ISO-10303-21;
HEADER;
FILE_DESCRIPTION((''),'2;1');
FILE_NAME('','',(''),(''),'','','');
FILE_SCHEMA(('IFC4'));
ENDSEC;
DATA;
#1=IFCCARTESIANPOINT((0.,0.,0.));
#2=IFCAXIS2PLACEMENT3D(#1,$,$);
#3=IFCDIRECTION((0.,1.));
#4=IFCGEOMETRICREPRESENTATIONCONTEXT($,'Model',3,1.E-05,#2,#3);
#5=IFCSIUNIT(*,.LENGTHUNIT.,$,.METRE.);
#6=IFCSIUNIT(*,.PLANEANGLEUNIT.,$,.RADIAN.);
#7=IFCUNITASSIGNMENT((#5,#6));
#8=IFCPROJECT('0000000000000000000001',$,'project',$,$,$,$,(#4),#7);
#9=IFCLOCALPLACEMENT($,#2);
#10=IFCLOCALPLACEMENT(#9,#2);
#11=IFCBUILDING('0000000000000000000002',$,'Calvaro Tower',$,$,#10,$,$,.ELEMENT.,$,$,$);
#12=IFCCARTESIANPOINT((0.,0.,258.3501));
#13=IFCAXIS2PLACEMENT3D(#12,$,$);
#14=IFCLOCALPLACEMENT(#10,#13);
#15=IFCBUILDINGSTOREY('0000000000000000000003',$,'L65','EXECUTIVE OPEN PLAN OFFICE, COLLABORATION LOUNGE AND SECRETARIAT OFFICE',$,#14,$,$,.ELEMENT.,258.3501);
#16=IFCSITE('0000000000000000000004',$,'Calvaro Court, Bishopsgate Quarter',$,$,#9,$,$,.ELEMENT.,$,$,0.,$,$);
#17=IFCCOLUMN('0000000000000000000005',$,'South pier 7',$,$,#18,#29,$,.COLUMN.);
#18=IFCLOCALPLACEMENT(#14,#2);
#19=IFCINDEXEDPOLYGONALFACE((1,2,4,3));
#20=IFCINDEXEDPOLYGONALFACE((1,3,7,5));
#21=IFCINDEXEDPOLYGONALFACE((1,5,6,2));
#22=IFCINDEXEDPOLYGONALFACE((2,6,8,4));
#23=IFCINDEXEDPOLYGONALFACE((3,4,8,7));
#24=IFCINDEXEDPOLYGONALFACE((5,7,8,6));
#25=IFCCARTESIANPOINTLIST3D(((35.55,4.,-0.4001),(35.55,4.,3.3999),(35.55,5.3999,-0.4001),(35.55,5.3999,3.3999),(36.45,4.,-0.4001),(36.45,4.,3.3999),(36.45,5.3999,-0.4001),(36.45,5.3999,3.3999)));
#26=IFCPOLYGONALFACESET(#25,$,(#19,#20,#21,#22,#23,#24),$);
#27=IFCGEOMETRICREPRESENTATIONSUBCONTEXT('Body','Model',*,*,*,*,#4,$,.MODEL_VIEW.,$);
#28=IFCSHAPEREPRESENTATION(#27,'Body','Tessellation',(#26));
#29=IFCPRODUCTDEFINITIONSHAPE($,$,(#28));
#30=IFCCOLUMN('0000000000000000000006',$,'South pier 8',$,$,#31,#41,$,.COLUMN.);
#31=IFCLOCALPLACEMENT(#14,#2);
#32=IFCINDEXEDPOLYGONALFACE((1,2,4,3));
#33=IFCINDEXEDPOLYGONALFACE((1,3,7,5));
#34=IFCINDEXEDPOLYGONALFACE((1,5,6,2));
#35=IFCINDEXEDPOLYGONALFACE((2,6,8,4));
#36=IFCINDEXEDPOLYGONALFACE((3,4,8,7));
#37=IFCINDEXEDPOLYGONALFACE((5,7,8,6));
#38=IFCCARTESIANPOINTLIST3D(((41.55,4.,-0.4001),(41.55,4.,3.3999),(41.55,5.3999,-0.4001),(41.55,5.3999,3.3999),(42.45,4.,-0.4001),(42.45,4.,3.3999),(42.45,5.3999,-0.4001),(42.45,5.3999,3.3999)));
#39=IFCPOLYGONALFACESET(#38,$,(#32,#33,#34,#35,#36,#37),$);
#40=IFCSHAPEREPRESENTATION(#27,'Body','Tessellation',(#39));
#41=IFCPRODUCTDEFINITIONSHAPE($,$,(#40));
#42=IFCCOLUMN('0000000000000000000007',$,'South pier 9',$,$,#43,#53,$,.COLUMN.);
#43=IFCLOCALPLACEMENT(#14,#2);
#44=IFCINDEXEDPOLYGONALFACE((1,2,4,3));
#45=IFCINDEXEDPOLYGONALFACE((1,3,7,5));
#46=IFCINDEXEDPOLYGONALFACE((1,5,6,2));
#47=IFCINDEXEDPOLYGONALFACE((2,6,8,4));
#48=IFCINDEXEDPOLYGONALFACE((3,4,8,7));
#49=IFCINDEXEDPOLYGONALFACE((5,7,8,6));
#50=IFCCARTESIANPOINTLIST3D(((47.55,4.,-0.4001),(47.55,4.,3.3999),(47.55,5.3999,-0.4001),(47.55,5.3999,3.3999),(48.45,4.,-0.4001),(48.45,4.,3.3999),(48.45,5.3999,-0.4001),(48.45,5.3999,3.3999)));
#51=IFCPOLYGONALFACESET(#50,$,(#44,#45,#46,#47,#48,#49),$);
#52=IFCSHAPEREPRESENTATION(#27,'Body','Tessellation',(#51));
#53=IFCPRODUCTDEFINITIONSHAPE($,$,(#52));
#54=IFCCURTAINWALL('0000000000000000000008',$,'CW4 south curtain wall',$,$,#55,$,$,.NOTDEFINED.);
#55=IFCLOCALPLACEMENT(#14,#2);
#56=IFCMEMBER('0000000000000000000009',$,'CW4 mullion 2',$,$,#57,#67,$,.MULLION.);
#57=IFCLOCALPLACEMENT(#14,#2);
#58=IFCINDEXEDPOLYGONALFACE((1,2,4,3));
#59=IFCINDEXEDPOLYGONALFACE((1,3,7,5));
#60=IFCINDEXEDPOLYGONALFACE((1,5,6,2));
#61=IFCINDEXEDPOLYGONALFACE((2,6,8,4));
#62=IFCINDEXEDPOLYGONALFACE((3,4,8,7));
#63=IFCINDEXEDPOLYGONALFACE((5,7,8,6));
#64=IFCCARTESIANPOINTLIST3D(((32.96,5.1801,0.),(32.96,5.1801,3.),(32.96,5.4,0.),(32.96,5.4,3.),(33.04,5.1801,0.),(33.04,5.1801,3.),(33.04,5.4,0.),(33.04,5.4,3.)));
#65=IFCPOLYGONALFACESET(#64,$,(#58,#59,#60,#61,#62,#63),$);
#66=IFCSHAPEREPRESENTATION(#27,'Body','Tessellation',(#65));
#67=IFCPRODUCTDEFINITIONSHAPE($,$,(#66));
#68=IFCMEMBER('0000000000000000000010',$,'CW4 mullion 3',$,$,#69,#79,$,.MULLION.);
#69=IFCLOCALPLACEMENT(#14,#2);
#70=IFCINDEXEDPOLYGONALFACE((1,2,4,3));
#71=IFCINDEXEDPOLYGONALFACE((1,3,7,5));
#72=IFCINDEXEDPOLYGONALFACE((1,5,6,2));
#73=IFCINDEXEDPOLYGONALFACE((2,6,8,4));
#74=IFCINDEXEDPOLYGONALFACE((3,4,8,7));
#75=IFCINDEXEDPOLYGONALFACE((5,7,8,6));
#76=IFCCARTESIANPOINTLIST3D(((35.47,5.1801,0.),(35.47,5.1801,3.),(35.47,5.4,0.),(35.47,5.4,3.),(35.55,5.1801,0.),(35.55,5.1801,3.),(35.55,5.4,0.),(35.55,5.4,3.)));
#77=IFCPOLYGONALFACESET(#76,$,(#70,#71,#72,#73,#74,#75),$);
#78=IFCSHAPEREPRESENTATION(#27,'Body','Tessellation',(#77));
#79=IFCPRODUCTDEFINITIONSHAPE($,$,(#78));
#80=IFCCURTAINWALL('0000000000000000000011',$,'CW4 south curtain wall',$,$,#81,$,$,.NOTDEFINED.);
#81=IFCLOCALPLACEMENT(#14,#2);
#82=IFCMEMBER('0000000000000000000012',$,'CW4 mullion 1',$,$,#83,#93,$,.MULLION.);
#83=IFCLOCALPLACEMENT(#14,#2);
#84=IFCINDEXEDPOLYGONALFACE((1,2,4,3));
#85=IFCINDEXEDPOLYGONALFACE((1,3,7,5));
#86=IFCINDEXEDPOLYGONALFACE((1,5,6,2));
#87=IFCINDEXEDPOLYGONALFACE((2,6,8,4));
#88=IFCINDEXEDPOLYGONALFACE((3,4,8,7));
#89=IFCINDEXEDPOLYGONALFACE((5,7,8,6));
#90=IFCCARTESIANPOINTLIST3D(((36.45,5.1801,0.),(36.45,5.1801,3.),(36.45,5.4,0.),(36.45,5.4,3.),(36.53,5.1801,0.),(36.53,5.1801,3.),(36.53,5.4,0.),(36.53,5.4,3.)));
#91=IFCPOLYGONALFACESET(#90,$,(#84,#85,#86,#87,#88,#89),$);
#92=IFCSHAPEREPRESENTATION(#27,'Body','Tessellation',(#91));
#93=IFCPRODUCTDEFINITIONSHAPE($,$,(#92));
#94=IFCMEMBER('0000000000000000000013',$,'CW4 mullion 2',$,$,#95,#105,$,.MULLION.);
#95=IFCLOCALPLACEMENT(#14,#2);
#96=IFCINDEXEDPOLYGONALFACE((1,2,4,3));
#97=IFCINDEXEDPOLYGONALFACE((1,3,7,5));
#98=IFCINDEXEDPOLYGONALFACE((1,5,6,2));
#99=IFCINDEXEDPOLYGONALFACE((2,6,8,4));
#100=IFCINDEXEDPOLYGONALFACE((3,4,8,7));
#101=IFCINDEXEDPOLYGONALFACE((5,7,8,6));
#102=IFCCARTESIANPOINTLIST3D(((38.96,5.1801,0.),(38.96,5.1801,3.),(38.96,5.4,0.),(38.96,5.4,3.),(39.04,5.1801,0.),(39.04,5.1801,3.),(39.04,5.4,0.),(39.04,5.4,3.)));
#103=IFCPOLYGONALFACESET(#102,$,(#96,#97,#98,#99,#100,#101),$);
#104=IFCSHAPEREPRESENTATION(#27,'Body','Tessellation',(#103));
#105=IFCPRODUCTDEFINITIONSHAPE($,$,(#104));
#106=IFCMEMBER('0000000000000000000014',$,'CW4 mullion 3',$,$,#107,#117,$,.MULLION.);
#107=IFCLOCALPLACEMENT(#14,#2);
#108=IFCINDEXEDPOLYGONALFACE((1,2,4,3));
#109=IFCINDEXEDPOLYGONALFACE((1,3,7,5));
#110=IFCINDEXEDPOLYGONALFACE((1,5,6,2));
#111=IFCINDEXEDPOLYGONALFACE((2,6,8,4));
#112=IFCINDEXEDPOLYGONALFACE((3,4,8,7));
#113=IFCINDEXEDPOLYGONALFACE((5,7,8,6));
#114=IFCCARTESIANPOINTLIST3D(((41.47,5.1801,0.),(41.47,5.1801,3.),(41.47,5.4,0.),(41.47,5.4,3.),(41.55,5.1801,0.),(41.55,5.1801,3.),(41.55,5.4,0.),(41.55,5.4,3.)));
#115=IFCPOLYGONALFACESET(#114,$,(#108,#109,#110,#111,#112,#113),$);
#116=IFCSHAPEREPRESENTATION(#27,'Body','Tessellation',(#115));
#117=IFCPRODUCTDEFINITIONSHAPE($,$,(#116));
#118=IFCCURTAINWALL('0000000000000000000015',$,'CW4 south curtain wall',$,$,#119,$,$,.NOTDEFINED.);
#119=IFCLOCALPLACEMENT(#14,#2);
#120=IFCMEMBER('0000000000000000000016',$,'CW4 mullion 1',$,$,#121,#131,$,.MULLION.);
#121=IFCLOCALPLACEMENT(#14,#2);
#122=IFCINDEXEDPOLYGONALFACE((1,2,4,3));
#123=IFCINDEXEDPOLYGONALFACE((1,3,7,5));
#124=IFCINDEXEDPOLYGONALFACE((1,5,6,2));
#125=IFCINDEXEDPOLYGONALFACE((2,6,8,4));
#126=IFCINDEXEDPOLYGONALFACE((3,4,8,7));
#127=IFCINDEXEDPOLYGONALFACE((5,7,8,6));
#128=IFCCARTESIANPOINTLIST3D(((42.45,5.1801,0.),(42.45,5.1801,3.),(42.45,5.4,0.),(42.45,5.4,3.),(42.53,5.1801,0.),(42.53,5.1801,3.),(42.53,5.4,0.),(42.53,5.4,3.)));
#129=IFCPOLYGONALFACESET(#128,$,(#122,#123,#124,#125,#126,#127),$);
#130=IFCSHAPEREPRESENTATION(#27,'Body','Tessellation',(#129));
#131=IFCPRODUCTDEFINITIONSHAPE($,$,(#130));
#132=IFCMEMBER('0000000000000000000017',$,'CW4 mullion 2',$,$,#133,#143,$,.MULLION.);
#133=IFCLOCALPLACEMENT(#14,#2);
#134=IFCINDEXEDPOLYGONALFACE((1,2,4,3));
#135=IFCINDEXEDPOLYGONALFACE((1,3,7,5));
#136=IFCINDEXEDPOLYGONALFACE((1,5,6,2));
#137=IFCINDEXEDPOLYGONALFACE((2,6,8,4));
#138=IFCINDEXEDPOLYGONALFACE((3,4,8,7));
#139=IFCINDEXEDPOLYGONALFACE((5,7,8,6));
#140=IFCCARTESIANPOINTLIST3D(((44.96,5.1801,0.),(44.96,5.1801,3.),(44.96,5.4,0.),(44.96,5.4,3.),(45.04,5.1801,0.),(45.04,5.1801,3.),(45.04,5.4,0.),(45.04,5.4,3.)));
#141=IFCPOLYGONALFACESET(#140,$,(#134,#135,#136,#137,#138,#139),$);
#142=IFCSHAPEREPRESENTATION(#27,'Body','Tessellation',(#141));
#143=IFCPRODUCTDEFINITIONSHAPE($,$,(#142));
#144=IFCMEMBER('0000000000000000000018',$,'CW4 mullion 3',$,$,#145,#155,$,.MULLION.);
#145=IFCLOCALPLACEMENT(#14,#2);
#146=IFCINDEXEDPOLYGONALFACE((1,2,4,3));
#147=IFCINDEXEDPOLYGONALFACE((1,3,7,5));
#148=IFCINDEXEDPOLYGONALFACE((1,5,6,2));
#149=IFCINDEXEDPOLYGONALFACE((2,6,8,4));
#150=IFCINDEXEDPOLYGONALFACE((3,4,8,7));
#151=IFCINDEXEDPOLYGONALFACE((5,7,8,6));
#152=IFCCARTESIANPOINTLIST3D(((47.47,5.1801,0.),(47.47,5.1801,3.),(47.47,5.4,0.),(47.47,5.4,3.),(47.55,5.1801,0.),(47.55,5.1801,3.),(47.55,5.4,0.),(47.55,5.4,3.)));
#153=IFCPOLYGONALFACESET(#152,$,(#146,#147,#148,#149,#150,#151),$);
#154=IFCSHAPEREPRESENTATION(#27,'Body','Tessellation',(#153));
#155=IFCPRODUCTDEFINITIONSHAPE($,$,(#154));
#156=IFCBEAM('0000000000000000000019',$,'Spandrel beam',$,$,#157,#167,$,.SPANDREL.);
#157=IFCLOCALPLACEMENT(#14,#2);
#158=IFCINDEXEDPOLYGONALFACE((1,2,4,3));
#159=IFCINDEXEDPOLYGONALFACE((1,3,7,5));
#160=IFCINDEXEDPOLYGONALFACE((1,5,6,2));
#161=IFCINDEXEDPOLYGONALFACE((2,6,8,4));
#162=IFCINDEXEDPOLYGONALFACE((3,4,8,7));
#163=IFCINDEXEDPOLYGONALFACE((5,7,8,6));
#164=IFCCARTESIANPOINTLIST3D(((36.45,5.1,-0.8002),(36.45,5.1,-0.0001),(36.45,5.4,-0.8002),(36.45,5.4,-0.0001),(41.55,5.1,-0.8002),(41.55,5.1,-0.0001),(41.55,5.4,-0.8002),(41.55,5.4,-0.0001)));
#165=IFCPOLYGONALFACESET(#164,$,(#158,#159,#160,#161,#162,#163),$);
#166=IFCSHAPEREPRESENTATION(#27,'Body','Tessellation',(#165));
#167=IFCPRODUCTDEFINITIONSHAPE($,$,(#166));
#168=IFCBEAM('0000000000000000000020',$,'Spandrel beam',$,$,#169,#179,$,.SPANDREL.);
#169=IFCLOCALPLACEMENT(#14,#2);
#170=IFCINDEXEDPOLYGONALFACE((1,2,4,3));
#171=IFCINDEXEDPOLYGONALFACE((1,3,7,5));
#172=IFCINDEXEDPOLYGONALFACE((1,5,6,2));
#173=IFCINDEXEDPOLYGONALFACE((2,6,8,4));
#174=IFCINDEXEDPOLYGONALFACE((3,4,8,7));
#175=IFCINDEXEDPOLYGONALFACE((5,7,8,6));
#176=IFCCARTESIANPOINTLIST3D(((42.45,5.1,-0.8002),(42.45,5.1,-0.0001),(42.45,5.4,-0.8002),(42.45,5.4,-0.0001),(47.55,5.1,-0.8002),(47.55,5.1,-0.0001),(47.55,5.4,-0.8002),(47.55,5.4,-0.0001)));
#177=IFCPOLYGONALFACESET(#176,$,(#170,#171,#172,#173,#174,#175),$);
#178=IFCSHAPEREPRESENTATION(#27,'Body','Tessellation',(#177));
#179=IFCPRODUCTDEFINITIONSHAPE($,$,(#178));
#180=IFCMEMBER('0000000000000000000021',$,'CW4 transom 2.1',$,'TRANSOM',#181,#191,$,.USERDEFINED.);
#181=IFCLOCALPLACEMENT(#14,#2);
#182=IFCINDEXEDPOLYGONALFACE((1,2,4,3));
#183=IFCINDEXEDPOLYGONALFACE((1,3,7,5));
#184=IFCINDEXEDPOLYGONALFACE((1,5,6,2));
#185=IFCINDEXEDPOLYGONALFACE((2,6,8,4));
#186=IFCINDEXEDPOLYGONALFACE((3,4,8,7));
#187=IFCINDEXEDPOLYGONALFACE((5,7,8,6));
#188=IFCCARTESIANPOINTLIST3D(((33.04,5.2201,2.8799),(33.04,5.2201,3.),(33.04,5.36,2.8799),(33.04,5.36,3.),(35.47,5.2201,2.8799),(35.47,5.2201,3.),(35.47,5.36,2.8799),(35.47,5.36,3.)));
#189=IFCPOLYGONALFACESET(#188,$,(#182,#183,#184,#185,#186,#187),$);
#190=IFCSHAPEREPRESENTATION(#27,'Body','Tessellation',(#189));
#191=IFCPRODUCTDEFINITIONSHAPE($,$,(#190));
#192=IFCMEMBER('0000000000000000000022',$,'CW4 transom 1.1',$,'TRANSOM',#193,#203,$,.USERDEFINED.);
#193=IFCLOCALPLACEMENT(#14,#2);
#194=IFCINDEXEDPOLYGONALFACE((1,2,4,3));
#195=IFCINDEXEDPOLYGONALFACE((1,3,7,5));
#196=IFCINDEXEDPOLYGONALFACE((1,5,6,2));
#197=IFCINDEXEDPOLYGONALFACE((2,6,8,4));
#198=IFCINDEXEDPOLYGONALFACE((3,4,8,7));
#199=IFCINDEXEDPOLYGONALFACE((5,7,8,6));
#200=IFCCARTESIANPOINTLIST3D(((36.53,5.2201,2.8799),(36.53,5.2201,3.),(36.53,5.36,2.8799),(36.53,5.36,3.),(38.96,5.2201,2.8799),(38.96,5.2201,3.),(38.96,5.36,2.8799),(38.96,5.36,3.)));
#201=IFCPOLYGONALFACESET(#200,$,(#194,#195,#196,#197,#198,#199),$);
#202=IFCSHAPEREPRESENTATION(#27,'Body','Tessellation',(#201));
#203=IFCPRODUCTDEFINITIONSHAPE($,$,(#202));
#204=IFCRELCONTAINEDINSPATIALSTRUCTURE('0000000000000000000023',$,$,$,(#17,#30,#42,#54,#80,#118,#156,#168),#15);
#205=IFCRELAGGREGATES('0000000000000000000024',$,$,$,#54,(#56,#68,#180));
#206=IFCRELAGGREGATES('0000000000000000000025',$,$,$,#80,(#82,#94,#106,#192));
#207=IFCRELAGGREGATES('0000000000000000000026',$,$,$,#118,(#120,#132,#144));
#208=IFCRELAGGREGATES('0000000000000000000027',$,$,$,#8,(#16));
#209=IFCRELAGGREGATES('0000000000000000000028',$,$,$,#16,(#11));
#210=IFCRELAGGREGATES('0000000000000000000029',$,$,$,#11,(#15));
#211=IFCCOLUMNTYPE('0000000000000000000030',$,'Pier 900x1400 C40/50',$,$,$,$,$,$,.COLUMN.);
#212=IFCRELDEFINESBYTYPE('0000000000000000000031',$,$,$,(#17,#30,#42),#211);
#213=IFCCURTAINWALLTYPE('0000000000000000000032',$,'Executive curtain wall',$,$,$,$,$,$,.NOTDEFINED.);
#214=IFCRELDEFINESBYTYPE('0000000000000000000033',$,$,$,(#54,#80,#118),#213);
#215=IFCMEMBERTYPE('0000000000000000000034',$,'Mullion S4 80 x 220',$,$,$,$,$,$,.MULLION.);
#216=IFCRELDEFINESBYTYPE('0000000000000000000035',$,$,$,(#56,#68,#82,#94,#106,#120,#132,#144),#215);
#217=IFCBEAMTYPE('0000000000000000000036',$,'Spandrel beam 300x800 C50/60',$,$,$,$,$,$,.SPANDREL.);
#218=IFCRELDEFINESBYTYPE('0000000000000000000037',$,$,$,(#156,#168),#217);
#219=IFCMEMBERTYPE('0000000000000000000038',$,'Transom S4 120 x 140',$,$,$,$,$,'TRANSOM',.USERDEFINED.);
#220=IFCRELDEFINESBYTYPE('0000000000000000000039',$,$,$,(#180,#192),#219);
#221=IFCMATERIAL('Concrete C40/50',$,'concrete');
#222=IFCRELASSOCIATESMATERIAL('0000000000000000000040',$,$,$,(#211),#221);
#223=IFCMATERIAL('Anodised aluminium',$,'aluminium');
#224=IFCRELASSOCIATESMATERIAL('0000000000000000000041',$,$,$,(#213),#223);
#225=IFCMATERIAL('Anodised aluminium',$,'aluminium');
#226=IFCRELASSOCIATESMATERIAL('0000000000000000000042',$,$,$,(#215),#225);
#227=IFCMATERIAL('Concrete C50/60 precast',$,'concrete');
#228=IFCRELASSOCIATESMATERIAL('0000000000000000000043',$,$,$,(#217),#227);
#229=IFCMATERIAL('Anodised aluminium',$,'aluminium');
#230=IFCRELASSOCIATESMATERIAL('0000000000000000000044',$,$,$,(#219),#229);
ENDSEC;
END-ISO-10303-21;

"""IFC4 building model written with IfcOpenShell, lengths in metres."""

from ifc_helpers import new_model, si_unit, direction, frame, origin, origin_2d, place, context, subcontext, project, spatial, rectangle, extrude, material, material_profile, profile_set, type_object, element, aggregate, save


model = new_model("IFC4")

# Units and contexts
model_context = context("Model", 3, precision=1e-05, world=origin(), true_north=direction((0.0, 1.0)))
body_context = subcontext(model_context, "Body", "Model", "MODEL_VIEW")
ifc_project = project(units=[si_unit("LENGTHUNIT", "METRE"), si_unit("PLANEANGLEUNIT", "RADIAN")], contexts=[model_context])

# Site, building, storey
site_placement = place(None, origin())
site = spatial("IfcSite", under=ifc_project, at=site_placement, Name="Calvaro Court, Bishopsgate Quarter", CompositionType="ELEMENT", RefElevation=0.0)
building_placement = place(site_placement, origin())
building = spatial("IfcBuilding", under=site, at=building_placement, Name="Calvaro Tower", CompositionType="ELEMENT")
storey_placement = place(building_placement, frame((0.0, 0.0, 258.3501)))
storey = spatial("IfcBuildingStorey", under=building, at=storey_placement, Name="L65", Description="EXECUTIVE OPEN PLAN OFFICE, COLLABORATION LOUNGE AND SECRETARIAT OFFICE", CompositionType="ELEMENT", Elevation=258.3501)

# Columns
ifc_material_1 = material(Name="Concrete C40/50", Category="concrete")
ifc_material_profile_1 = material_profile(ifc_material_1, rectangle(XDim=0.8999, YDim=1.3999, at=origin_2d()), Name="RC 900x1400")
ifc_profile_set_1 = profile_set([ifc_material_profile_1], Name="Concrete C40/50")
column_type = type_object("IfcColumnType", Name="Pier 900x1400 C40/50", PredefinedType="COLUMN", material=ifc_profile_set_1)
for number, where, z_axis, x_axis, name in (
    (1, (36.0, 4.7, -0.4001), (0.0, 0.0, 1.0), (1.0, 0.0, 0.0), "South pier 7"),
    (2, (42.0, 4.7, -0.4001), (0.0, 0.0, 1.0), (1.0, 0.0, 0.0), "South pier 8"),
    (3, (48.0, 4.7, -0.4001), (0.0, 0.0, 1.0), (1.0, 0.0, 0.0), "South pier 9"),
):
    element("IfcColumn", number, at=place(storey_placement, frame(where, z_axis=z_axis, x_axis=x_axis)), inside=storey, type_object=column_type, Name=name, PredefinedType="COLUMN", context=body_context, shape_type="SweptSolid", body=[
        extrude(rectangle(XDim=0.8999, YDim=1.3999, at=origin_2d()), origin(), (0.0, 0.0, 1.0), 3.8),
    ])

# Curtain walls, members
ifc_material_2 = material(Name="Anodised aluminium", Category="aluminium")
curtain_wall_type = type_object("IfcCurtainWallType", Name="Executive curtain wall", PredefinedType="NOTDEFINED", material=ifc_material_2)
curtain_wall_1_placement = place(storey_placement, origin())
curtain_wall_1 = element("IfcCurtainWall", 4, at=curtain_wall_1_placement, inside=storey, type_object=curtain_wall_type, Name="CW4 south curtain wall", PredefinedType="NOTDEFINED")
ifc_material_3 = material(Name="Anodised aluminium", Category="aluminium")
ifc_material_profile_2 = material_profile(ifc_material_3, rectangle(XDim=0.22, YDim=0.0801, at=origin_2d()), Name="Mullion S4 80 x 220")
ifc_profile_set_2 = profile_set([ifc_material_profile_2], Name="Anodised aluminium")
member_type_1 = type_object("IfcMemberType", Name="Mullion S4 80 x 220", PredefinedType="MULLION", material=ifc_profile_set_2)
member_1_placement = place(storey_placement, frame((33.0, 5.29, 0.0), z_axis=(0.0, 0.0, 1.0), x_axis=(0.0, 1.0, 0.0)))
member_1 = element("IfcMember", 5, at=member_1_placement, type_object=member_type_1, Name="CW4 mullion 2", PredefinedType="MULLION", context=body_context, shape_type="SweptSolid", body=[
    extrude(rectangle(XDim=0.22, YDim=0.0801, at=origin_2d()), origin(), (0.0, 0.0, 1.0), 3.0),
])
member_2_placement = place(storey_placement, frame((35.51, 5.29, 0.0), z_axis=(0.0, 0.0, 1.0), x_axis=(0.0, 1.0, 0.0)))
member_2 = element("IfcMember", 6, at=member_2_placement, type_object=member_type_1, Name="CW4 mullion 3", PredefinedType="MULLION", context=body_context, shape_type="SweptSolid", body=[
    extrude(rectangle(XDim=0.22, YDim=0.0801, at=origin_2d()), origin(), (0.0, 0.0, 1.0), 3.0),
])
curtain_wall_2_placement = place(storey_placement, origin())
curtain_wall_2 = element("IfcCurtainWall", 7, at=curtain_wall_2_placement, inside=storey, type_object=curtain_wall_type, Name="CW4 south curtain wall", PredefinedType="NOTDEFINED")
member_3_placement = place(storey_placement, frame((36.49, 5.29, 0.0), z_axis=(0.0, 0.0, 1.0), x_axis=(0.0, 1.0, 0.0)))
member_3 = element("IfcMember", 8, at=member_3_placement, type_object=member_type_1, Name="CW4 mullion 1", PredefinedType="MULLION", context=body_context, shape_type="SweptSolid", body=[
    extrude(rectangle(XDim=0.22, YDim=0.0801, at=origin_2d()), origin(), (0.0, 0.0, 1.0), 3.0),
])
member_4_placement = place(storey_placement, frame((39.0, 5.29, 0.0), z_axis=(0.0, 0.0, 1.0), x_axis=(0.0, 1.0, 0.0)))
member_4 = element("IfcMember", 9, at=member_4_placement, type_object=member_type_1, Name="CW4 mullion 2", PredefinedType="MULLION", context=body_context, shape_type="SweptSolid", body=[
    extrude(rectangle(XDim=0.22, YDim=0.0801, at=origin_2d()), origin(), (0.0, 0.0, 1.0), 3.0),
])
member_5_placement = place(storey_placement, frame((41.51, 5.29, 0.0), z_axis=(0.0, 0.0, 1.0), x_axis=(0.0, 1.0, 0.0)))
member_5 = element("IfcMember", 10, at=member_5_placement, type_object=member_type_1, Name="CW4 mullion 3", PredefinedType="MULLION", context=body_context, shape_type="SweptSolid", body=[
    extrude(rectangle(XDim=0.22, YDim=0.0801, at=origin_2d()), origin(), (0.0, 0.0, 1.0), 3.0),
])
curtain_wall_3_placement = place(storey_placement, origin())
curtain_wall_3 = element("IfcCurtainWall", 11, at=curtain_wall_3_placement, inside=storey, type_object=curtain_wall_type, Name="CW4 south curtain wall", PredefinedType="NOTDEFINED")
member_6_placement = place(storey_placement, frame((42.49, 5.29, 0.0), z_axis=(0.0, 0.0, 1.0), x_axis=(0.0, 1.0, 0.0)))
member_6 = element("IfcMember", 12, at=member_6_placement, type_object=member_type_1, Name="CW4 mullion 1", PredefinedType="MULLION", context=body_context, shape_type="SweptSolid", body=[
    extrude(rectangle(XDim=0.22, YDim=0.0801, at=origin_2d()), origin(), (0.0, 0.0, 1.0), 3.0),
])
member_7_placement = place(storey_placement, frame((45.0, 5.29, 0.0), z_axis=(0.0, 0.0, 1.0), x_axis=(0.0, 1.0, 0.0)))
member_7 = element("IfcMember", 13, at=member_7_placement, type_object=member_type_1, Name="CW4 mullion 2", PredefinedType="MULLION", context=body_context, shape_type="SweptSolid", body=[
    extrude(rectangle(XDim=0.22, YDim=0.0801, at=origin_2d()), origin(), (0.0, 0.0, 1.0), 3.0),
])
member_8_placement = place(storey_placement, frame((47.51, 5.29, 0.0), z_axis=(0.0, 0.0, 1.0), x_axis=(0.0, 1.0, 0.0)))
member_8 = element("IfcMember", 14, at=member_8_placement, type_object=member_type_1, Name="CW4 mullion 3", PredefinedType="MULLION", context=body_context, shape_type="SweptSolid", body=[
    extrude(rectangle(XDim=0.22, YDim=0.0801, at=origin_2d()), origin(), (0.0, 0.0, 1.0), 3.0),
])

# Beams
ifc_material_4 = material(Name="Concrete C50/60 precast", Category="concrete")
ifc_material_profile_3 = material_profile(ifc_material_4, rectangle(XDim=0.3, YDim=0.8, at=origin_2d()), Name="RC 300x800")
ifc_profile_set_3 = profile_set([ifc_material_profile_3], Name="Concrete C50/60 precast")
beam_type = type_object("IfcBeamType", Name="Spandrel beam 300x800 C50/60", PredefinedType="SPANDREL", material=ifc_profile_set_3)
for number, where, z_axis, x_axis, name in (
    (15, (36.45, 5.25, -0.4001), (1.0, 0.0, 0.0), (0.0, 1.0, 0.0), "Spandrel beam"),
    (16, (42.45, 5.25, -0.4001), (1.0, 0.0, 0.0), (0.0, 1.0, 0.0), "Spandrel beam"),
):
    element("IfcBeam", number, at=place(storey_placement, frame(where, z_axis=z_axis, x_axis=x_axis)), inside=storey, type_object=beam_type, Name=name, PredefinedType="SPANDREL", context=body_context, shape_type="SweptSolid", body=[
        extrude(rectangle(XDim=0.3, YDim=0.8, at=origin_2d()), origin(), (0.0, 0.0, 1.0), 5.1001),
    ])

# Members
ifc_material_5 = material(Name="Anodised aluminium", Category="aluminium")
ifc_material_profile_4 = material_profile(ifc_material_5, rectangle(XDim=0.1399, YDim=0.1201, at=origin_2d()), Name="Transom S4 120 x 140")
ifc_profile_set_4 = profile_set([ifc_material_profile_4], Name="Anodised aluminium")
member_type_2 = type_object("IfcMemberType", Name="Transom S4 120 x 140", ElementType="TRANSOM", PredefinedType="USERDEFINED", material=ifc_profile_set_4)
member_9_placement = place(storey_placement, frame((33.04, 5.29, 2.9399), z_axis=(1.0, 0.0, 0.0), x_axis=(0.0, 1.0, 0.0)))
member_9 = element("IfcMember", 17, at=member_9_placement, type_object=member_type_2, Name="CW4 transom 2.1", ObjectType="TRANSOM", PredefinedType="USERDEFINED", context=body_context, shape_type="SweptSolid", body=[
    extrude(rectangle(XDim=0.1399, YDim=0.1201, at=origin_2d()), origin(), (0.0, 0.0, 1.0), 2.4299),
])
member_10_placement = place(storey_placement, frame((36.53, 5.29, 2.9399), z_axis=(1.0, 0.0, 0.0), x_axis=(0.0, 1.0, 0.0)))
member_10 = element("IfcMember", 18, at=member_10_placement, type_object=member_type_2, Name="CW4 transom 1.1", ObjectType="TRANSOM", PredefinedType="USERDEFINED", context=body_context, shape_type="SweptSolid", body=[
    extrude(rectangle(XDim=0.1399, YDim=0.1201, at=origin_2d()), origin(), (0.0, 0.0, 1.0), 2.4299),
])

aggregate(curtain_wall_1, [member_1, member_2, member_9])
aggregate(curtain_wall_2, [member_3, member_4, member_5, member_10])
aggregate(curtain_wall_3, [member_6, member_7, member_8])

save(model, "model.ifc")
